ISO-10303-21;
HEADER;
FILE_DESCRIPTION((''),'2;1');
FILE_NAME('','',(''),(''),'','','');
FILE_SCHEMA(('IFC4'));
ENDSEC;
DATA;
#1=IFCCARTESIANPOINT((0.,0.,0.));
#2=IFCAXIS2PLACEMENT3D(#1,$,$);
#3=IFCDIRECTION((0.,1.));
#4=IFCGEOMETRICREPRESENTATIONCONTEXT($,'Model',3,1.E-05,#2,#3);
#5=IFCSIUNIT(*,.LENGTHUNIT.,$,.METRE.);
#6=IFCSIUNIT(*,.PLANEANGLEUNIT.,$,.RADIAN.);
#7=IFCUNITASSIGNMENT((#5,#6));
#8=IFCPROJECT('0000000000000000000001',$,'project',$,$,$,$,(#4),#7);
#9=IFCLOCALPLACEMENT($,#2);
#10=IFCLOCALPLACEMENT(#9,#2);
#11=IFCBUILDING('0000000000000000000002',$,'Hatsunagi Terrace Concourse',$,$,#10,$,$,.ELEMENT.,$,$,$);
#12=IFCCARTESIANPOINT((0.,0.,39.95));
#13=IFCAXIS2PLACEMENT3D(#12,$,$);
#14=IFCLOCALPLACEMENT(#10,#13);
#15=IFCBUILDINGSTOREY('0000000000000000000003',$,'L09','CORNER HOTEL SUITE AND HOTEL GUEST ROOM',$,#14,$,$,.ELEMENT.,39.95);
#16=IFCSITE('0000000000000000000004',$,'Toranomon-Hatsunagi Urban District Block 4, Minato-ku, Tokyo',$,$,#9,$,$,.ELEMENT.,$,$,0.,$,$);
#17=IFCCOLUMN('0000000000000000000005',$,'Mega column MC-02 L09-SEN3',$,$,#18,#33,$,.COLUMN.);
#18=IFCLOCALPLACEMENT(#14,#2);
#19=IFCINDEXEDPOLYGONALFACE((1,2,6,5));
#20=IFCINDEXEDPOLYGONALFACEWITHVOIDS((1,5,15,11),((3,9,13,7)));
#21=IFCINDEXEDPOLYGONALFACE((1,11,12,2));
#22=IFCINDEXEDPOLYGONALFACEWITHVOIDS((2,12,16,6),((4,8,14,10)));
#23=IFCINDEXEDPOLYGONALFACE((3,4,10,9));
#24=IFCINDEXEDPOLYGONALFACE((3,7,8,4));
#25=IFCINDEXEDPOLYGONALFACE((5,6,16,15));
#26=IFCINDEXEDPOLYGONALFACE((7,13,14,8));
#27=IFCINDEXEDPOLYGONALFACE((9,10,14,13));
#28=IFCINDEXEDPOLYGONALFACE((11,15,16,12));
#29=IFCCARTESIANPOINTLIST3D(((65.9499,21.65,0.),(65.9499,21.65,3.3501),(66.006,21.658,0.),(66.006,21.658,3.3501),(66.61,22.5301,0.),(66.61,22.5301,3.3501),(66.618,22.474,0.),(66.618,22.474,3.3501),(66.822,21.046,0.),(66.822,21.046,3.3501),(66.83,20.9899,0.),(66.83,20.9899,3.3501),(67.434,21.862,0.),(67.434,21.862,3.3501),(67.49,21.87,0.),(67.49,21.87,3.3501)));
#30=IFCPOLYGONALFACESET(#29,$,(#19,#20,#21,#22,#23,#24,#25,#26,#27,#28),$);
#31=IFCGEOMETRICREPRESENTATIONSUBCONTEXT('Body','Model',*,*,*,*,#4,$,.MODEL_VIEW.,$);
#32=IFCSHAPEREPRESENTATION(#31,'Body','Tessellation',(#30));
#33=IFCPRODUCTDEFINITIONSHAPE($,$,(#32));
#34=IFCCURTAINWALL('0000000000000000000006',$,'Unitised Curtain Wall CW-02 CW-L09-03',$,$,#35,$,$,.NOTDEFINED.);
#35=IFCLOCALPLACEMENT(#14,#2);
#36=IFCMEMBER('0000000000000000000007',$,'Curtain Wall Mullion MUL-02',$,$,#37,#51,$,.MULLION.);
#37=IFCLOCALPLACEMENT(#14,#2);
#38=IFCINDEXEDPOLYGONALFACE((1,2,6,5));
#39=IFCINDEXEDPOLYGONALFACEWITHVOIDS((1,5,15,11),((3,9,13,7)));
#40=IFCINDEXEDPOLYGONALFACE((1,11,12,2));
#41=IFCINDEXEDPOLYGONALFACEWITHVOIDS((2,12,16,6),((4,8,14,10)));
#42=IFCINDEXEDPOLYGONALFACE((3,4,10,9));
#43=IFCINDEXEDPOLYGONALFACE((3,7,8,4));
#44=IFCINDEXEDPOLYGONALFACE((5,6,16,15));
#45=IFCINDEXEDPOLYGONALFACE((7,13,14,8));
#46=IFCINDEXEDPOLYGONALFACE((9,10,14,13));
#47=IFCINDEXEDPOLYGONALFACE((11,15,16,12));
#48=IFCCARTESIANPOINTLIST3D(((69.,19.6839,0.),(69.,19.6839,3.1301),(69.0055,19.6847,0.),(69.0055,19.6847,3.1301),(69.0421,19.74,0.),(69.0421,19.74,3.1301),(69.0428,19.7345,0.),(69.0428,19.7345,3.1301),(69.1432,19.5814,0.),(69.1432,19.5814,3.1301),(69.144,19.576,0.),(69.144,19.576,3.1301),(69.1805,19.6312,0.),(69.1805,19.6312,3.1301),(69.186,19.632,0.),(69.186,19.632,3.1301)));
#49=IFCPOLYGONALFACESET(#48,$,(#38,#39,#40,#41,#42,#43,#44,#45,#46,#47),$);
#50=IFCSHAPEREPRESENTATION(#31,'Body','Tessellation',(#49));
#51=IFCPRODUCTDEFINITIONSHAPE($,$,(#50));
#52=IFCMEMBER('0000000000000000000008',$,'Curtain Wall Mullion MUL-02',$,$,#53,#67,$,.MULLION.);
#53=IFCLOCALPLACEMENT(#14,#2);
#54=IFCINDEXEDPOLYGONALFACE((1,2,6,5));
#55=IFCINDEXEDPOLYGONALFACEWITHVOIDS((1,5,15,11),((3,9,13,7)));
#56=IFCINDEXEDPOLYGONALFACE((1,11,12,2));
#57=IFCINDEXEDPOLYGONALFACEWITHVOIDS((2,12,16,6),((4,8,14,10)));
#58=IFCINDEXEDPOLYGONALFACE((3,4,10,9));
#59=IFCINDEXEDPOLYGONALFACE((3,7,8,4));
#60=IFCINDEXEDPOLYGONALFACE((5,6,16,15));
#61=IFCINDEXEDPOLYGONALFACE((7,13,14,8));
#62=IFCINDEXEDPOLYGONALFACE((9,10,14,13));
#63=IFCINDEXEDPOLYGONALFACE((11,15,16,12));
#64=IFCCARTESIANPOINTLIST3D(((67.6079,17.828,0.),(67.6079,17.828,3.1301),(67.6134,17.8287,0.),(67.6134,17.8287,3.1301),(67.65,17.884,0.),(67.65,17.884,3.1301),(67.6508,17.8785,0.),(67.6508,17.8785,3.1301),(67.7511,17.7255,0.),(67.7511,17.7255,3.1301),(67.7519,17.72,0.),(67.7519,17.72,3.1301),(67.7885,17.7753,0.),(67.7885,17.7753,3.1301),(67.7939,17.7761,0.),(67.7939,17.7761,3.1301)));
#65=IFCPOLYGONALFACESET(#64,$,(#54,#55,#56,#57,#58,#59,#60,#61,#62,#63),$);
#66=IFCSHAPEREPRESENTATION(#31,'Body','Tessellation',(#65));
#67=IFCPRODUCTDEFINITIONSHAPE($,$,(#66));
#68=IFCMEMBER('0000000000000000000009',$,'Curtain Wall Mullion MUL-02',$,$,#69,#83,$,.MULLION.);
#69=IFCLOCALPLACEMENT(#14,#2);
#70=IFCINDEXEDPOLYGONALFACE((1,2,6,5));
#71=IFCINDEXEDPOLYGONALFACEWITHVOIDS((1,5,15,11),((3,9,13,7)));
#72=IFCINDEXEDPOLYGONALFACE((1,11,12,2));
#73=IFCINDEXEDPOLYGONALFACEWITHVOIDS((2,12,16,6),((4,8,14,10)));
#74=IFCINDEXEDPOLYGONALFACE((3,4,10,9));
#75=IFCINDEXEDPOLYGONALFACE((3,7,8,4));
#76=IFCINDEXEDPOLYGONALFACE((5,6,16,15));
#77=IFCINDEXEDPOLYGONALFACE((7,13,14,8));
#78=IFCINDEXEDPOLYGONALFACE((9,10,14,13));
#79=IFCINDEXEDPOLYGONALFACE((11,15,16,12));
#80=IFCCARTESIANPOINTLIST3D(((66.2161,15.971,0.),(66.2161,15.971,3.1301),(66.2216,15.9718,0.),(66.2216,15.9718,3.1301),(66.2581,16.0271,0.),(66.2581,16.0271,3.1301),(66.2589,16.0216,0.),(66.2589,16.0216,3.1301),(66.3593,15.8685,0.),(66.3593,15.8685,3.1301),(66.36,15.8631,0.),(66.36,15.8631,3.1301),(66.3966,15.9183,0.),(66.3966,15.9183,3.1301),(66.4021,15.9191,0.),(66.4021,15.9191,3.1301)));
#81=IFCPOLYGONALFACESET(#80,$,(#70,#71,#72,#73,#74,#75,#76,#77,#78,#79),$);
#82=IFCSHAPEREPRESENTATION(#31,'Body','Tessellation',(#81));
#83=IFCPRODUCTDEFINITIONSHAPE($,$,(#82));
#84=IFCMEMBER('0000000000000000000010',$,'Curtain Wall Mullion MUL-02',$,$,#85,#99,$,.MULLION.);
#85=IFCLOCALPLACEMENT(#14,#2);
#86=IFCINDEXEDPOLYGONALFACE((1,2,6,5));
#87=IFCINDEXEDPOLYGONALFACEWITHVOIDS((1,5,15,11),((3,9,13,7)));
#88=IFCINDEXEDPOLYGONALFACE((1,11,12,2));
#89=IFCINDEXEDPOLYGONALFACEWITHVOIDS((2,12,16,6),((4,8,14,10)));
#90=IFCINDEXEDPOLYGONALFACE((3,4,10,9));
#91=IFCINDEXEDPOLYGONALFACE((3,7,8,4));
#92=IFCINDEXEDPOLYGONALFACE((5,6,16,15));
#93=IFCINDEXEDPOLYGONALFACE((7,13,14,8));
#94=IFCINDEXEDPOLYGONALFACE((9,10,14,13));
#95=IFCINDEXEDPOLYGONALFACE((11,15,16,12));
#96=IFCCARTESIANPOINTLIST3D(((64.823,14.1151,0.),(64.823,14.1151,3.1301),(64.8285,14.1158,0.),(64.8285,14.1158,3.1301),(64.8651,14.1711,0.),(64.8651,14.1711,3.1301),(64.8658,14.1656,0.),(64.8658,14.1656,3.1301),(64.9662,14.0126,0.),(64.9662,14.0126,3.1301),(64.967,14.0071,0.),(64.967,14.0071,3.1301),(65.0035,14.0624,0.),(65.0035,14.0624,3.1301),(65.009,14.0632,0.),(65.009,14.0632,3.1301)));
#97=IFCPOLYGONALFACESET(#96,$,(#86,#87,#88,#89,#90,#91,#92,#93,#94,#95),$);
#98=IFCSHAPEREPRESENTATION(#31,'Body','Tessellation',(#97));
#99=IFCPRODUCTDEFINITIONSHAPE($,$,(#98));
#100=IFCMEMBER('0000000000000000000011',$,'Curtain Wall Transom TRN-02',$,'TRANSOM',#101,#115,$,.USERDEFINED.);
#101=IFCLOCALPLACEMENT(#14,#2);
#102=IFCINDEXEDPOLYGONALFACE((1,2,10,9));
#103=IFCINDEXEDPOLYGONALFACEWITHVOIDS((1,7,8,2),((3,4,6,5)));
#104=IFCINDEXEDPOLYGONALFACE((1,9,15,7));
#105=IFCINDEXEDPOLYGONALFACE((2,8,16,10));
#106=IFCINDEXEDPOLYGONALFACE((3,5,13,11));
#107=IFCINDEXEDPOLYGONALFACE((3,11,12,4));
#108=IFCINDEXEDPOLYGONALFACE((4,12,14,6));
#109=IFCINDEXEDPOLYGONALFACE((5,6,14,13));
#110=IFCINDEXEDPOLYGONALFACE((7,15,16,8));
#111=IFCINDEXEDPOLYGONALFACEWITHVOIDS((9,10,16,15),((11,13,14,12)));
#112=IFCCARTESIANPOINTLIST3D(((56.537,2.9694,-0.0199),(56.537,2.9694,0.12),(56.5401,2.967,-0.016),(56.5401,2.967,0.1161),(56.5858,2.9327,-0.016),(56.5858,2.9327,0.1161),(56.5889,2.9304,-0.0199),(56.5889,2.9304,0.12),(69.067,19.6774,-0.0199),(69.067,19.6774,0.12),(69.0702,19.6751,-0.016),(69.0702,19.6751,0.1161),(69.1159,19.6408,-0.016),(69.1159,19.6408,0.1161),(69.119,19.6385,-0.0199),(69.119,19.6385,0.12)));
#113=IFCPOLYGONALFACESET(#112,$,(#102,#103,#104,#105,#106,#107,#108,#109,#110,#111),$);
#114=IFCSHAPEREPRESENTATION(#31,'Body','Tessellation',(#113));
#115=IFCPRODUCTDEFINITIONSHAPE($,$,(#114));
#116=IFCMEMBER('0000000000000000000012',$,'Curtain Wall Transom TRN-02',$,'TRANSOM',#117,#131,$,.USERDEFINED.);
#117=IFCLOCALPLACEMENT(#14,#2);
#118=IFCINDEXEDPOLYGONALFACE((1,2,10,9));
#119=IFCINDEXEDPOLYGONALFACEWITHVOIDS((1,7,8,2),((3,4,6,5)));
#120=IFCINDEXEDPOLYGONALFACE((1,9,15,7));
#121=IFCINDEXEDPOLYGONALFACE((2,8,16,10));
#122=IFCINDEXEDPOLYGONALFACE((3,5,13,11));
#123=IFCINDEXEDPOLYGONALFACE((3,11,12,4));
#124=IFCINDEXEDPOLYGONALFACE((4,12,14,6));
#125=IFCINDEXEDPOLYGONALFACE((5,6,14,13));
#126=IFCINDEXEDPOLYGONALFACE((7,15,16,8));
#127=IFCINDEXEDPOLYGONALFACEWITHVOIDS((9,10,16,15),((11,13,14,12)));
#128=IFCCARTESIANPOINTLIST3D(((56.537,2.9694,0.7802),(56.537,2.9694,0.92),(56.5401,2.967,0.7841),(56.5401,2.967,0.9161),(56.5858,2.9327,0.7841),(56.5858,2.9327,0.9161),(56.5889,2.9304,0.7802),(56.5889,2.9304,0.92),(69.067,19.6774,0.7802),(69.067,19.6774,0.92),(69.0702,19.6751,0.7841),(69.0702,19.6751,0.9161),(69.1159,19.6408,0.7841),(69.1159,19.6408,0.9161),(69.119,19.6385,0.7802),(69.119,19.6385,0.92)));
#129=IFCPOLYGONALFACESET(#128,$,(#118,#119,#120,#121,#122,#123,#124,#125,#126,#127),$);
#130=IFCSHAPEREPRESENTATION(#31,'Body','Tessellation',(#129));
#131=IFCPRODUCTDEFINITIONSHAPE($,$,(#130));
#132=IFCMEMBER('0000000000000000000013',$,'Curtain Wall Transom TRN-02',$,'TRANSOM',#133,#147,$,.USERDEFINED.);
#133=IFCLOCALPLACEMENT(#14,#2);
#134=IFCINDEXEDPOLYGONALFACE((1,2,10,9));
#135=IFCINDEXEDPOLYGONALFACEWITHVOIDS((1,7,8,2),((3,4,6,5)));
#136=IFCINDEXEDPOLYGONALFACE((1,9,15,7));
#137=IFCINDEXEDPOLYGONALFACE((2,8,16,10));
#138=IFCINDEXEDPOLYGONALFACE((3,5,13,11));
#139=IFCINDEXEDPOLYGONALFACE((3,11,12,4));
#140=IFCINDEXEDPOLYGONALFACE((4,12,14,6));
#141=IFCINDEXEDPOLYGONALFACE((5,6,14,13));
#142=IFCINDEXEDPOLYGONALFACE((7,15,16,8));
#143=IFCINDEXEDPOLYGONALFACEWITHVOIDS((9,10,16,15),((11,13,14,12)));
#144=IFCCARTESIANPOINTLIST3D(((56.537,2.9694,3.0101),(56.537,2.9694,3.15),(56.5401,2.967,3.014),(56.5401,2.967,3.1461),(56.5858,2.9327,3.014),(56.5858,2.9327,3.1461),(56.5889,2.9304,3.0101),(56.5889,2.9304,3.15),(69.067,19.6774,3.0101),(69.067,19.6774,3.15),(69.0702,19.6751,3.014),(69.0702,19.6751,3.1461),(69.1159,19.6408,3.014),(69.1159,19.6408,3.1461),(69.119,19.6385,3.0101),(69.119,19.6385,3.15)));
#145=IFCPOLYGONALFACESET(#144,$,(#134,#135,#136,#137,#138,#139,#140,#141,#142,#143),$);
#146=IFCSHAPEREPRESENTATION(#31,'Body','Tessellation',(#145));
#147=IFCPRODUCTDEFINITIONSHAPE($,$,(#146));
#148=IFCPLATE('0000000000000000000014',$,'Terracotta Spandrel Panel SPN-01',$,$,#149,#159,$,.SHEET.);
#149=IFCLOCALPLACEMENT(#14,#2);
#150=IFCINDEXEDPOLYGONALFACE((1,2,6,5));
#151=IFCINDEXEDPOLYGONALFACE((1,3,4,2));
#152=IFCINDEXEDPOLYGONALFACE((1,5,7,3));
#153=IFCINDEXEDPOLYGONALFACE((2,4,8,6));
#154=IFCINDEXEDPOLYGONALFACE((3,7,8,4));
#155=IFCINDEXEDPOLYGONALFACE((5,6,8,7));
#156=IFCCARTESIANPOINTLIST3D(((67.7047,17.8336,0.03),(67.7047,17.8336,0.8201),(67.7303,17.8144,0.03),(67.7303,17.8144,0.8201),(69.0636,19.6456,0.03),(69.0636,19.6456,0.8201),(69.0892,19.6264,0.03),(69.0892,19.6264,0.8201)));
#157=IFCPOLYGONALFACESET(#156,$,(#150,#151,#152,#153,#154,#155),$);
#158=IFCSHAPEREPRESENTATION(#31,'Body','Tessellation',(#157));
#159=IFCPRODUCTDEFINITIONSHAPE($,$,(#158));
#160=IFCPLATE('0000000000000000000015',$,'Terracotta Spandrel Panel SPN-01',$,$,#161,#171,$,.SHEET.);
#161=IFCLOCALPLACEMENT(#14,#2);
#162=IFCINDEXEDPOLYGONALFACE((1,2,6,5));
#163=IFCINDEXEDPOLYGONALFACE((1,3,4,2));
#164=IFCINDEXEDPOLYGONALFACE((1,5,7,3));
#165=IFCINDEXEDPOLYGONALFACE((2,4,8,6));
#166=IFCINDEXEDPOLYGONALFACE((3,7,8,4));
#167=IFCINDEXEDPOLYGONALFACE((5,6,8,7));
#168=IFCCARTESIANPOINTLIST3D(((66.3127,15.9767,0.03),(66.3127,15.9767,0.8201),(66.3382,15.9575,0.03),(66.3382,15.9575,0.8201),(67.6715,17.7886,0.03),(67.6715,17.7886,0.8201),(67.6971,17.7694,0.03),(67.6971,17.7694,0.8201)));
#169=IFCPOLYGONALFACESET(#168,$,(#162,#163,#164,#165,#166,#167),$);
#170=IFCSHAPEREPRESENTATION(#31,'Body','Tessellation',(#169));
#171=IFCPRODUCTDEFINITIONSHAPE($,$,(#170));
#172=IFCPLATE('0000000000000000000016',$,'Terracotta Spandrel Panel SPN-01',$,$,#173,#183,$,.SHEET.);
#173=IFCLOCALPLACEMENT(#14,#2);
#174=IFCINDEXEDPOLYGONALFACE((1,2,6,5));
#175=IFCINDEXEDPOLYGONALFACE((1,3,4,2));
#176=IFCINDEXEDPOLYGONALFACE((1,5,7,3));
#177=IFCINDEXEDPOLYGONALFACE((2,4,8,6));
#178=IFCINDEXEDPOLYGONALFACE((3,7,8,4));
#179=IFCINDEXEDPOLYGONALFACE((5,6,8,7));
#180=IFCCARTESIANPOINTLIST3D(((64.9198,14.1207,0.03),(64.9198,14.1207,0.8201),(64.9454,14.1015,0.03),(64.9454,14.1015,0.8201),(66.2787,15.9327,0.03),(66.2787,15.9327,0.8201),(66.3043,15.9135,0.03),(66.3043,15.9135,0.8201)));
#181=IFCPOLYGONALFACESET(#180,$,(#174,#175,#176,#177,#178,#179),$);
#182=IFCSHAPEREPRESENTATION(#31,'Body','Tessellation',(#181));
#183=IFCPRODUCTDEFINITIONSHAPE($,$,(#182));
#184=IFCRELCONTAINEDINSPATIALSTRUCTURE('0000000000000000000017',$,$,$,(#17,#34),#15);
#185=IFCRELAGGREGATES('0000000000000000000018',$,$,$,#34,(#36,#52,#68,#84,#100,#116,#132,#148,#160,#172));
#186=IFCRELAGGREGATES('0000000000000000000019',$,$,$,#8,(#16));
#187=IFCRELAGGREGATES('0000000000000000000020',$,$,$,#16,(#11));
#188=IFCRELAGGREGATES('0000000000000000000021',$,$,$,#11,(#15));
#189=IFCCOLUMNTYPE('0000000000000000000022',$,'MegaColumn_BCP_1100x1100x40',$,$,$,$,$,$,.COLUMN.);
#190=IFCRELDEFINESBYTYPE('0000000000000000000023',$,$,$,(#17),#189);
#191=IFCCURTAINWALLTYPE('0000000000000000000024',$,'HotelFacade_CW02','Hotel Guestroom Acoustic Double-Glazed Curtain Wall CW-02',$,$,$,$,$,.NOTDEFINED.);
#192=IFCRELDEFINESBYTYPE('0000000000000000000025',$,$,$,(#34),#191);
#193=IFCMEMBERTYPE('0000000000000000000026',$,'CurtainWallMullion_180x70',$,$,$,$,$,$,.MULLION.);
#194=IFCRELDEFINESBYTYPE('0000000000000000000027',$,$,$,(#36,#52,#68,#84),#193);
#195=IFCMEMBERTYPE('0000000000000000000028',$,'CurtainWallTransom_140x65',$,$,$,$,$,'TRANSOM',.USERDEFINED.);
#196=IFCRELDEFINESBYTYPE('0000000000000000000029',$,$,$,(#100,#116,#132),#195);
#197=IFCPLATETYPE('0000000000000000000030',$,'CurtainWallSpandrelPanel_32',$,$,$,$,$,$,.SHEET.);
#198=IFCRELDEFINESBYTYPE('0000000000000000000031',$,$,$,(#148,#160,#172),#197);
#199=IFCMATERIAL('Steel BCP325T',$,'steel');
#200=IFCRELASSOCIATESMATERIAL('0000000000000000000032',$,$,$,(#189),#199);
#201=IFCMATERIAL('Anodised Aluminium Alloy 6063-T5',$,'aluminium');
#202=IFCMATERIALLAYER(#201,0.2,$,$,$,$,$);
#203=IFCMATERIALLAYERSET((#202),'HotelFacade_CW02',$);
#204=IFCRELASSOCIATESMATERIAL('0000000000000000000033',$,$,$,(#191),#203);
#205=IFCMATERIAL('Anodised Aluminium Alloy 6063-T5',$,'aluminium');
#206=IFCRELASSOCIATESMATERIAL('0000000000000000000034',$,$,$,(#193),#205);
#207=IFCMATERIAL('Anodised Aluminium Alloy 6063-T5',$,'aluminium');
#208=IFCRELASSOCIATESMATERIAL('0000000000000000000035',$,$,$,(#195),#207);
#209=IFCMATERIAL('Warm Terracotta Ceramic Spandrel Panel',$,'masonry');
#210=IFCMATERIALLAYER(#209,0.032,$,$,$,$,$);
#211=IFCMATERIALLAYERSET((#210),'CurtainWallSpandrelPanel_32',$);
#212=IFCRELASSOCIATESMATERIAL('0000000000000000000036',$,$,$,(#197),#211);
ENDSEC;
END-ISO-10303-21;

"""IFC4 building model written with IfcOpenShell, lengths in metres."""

from ifc_helpers import new_model, si_unit, direction, frame, origin, origin_2d, place, context, subcontext, project, spatial, rectangle, hollow_rectangle, extrude, material, layer, layer_set, material_profile, profile_set, type_object, element, aggregate, save


model = new_model("IFC4")

# Units and contexts
model_context = context("Model", 3, precision=1e-05, world=origin(), true_north=direction((0.0, 1.0)))
body_context = subcontext(model_context, "Body", "Model", "MODEL_VIEW")
ifc_project = project(units=[si_unit("LENGTHUNIT", "METRE"), si_unit("PLANEANGLEUNIT", "RADIAN")], contexts=[model_context])

# Site, building, storey
site_placement = place(None, origin())
site = spatial("IfcSite", under=ifc_project, at=site_placement, Name="Toranomon-Hatsunagi Urban District Block 4, Minato-ku, Tokyo", CompositionType="ELEMENT", RefElevation=0.0)
building_placement = place(site_placement, origin())
building = spatial("IfcBuilding", under=site, at=building_placement, Name="Hatsunagi Terrace Concourse", CompositionType="ELEMENT")
storey_placement = place(building_placement, frame((0.0, 0.0, 39.95)))
storey = spatial("IfcBuildingStorey", under=building, at=storey_placement, Name="L09", Description="CORNER HOTEL SUITE AND HOTEL GUEST ROOM", CompositionType="ELEMENT", Elevation=39.95)

# Column
ifc_material_1 = material(Name="Steel BCP325T", Category="steel")
ifc_material_profile_1 = material_profile(ifc_material_1, hollow_rectangle(XDim=1.1001, YDim=1.1001, WallThickness=0.04, at=origin_2d()), Name="BCP-1100x1100x40")
ifc_profile_set_1 = profile_set([ifc_material_profile_1], Name="Steel BCP325T")
column_type = type_object("IfcColumnType", Name="MegaColumn_BCP_1100x1100x40", PredefinedType="COLUMN", material=ifc_profile_set_1)
column_placement = place(storey_placement, frame((66.72, 21.76, 0.0), z_axis=(0.0, 0.0, 1.0), x_axis=(0.8, -0.6, 0.0)))
element("IfcColumn", 1, at=column_placement, inside=storey, type_object=column_type, Name="Mega column MC-02 L09-SEN3", PredefinedType="COLUMN", context=body_context, shape_type="SweptSolid", body=[
    extrude(hollow_rectangle(XDim=1.1001, YDim=1.1001, WallThickness=0.04, at=origin_2d()), origin(), (0.0, 0.0, 1.0), 3.3501),
])

# Curtain wall, members, plates
ifc_material_2 = material(Name="Anodised Aluminium Alloy 6063-T5", Category="aluminium")
ifc_layer_1 = layer(ifc_material_2, 0.2)
ifc_layer_set_1 = layer_set([ifc_layer_1], Name="HotelFacade_CW02")
curtain_wall_type = type_object("IfcCurtainWallType", Name="HotelFacade_CW02", Description="Hotel Guestroom Acoustic Double-Glazed Curtain Wall CW-02", PredefinedType="NOTDEFINED", material=ifc_layer_set_1)
curtain_wall_placement = place(storey_placement, origin())
curtain_wall = element("IfcCurtainWall", 2, at=curtain_wall_placement, inside=storey, type_object=curtain_wall_type, Name="Unitised Curtain Wall CW-02 CW-L09-03", PredefinedType="NOTDEFINED")
ifc_material_3 = material(Name="Anodised Aluminium Alloy 6063-T5", Category="aluminium")
ifc_material_profile_2 = material_profile(ifc_material_3, hollow_rectangle(XDim=0.0701, YDim=0.1799, WallThickness=0.0039, at=origin_2d()), Name="ALU-MUL-180x70x4")
ifc_profile_set_2 = profile_set([ifc_material_profile_2], Name="Anodised Aluminium Alloy 6063-T5")
member_type_1 = type_object("IfcMemberType", Name="CurtainWallMullion_180x70", PredefinedType="MULLION", material=ifc_profile_set_2)
member_1_placement = place(storey_placement, frame((69.093, 19.658, 0.0), z_axis=(0.0, 0.0, 1.0), x_axis=(-0.599969, -0.800023, 0.0)))
member_1 = element("IfcMember", 3, at=member_1_placement, type_object=member_type_1, Name="Curtain Wall Mullion MUL-02", PredefinedType="MULLION", context=body_context, shape_type="SweptSolid", body=[
    extrude(hollow_rectangle(XDim=0.0701, YDim=0.1799, WallThickness=0.0039, at=origin_2d()), origin(), (0.0, 0.0, 1.0), 3.1301),
])
member_2_placement = place(storey_placement, frame((67.7009, 17.802, 0.0), z_axis=(0.0, 0.0, 1.0), x_axis=(-0.599969, -0.800023, 0.0)))
member_2 = element("IfcMember", 4, at=member_2_placement, type_object=member_type_1, Name="Curtain Wall Mullion MUL-02", PredefinedType="MULLION", context=body_context, shape_type="SweptSolid", body=[
    extrude(hollow_rectangle(XDim=0.0701, YDim=0.1799, WallThickness=0.0039, at=origin_2d()), origin(), (0.0, 0.0, 1.0), 3.1301),
])
member_3_placement = place(storey_placement, frame((66.3091, 15.9451, 0.0), z_axis=(0.0, 0.0, 1.0), x_axis=(-0.599969, -0.800023, 0.0)))
member_3 = element("IfcMember", 5, at=member_3_placement, type_object=member_type_1, Name="Curtain Wall Mullion MUL-02", PredefinedType="MULLION", context=body_context, shape_type="SweptSolid", body=[
    extrude(hollow_rectangle(XDim=0.0701, YDim=0.1799, WallThickness=0.0039, at=origin_2d()), origin(), (0.0, 0.0, 1.0), 3.1301),
])
member_4_placement = place(storey_placement, frame((64.916, 14.0891, 0.0), z_axis=(0.0, 0.0, 1.0), x_axis=(-0.599969, -0.800023, 0.0)))
member_4 = element("IfcMember", 6, at=member_4_placement, type_object=member_type_1, Name="Curtain Wall Mullion MUL-02", PredefinedType="MULLION", context=body_context, shape_type="SweptSolid", body=[
    extrude(hollow_rectangle(XDim=0.0701, YDim=0.1799, WallThickness=0.0039, at=origin_2d()), origin(), (0.0, 0.0, 1.0), 3.1301),
])
ifc_material_4 = material(Name="Anodised Aluminium Alloy 6063-T5", Category="aluminium")
ifc_material_profile_3 = material_profile(ifc_material_4, hollow_rectangle(XDim=0.0649, YDim=0.1399, WallThickness=0.0039, at=origin_2d()), Name="ALU-TRN-140x65x4")
ifc_profile_set_3 = profile_set([ifc_material_profile_3], Name="Anodised Aluminium Alloy 6063-T5")
member_type_2 = type_object("IfcMemberType", Name="CurtainWallTransom_140x65", ElementType="TRANSOM", PredefinedType="USERDEFINED", material=ifc_profile_set_3)
member_5_placement = place(storey_placement, frame((69.093, 19.658, 0.05), z_axis=(-0.59997, -0.800022, 0.0), x_axis=(0.800022, -0.59997, 0.0)))
member_5 = element("IfcMember", 7, at=member_5_placement, type_object=member_type_2, Name="Curtain Wall Transom TRN-02", ObjectType="TRANSOM", PredefinedType="USERDEFINED", context=body_context, shape_type="SweptSolid", body=[
    extrude(hollow_rectangle(XDim=0.0649, YDim=0.1399, WallThickness=0.0039, at=origin_2d()), origin(), (0.0, 0.0, 1.0), 20.8845),
])
member_6_placement = place(storey_placement, frame((69.093, 19.658, 0.8501), z_axis=(-0.59997, -0.800022, 0.0), x_axis=(0.800022, -0.59997, 0.0)))
member_6 = element("IfcMember", 8, at=member_6_placement, type_object=member_type_2, Name="Curtain Wall Transom TRN-02", ObjectType="TRANSOM", PredefinedType="USERDEFINED", context=body_context, shape_type="SweptSolid", body=[
    extrude(hollow_rectangle(XDim=0.0649, YDim=0.1399, WallThickness=0.0039, at=origin_2d()), origin(), (0.0, 0.0, 1.0), 20.8845),
])
member_7_placement = place(storey_placement, frame((69.093, 19.658, 3.0801), z_axis=(-0.59997, -0.800022, 0.0), x_axis=(0.800022, -0.59997, 0.0)))
member_7 = element("IfcMember", 9, at=member_7_placement, type_object=member_type_2, Name="Curtain Wall Transom TRN-02", ObjectType="TRANSOM", PredefinedType="USERDEFINED", context=body_context, shape_type="SweptSolid", body=[
    extrude(hollow_rectangle(XDim=0.0649, YDim=0.1399, WallThickness=0.0039, at=origin_2d()), origin(), (0.0, 0.0, 1.0), 20.8845),
])
ifc_material_5 = material(Name="Warm Terracotta Ceramic Spandrel Panel", Category="masonry")
ifc_layer_2 = layer(ifc_material_5, 0.032)
ifc_layer_set_2 = layer_set([ifc_layer_2], Name="CurtainWallSpandrelPanel_32")
plate_type_1 = type_object("IfcPlateType", Name="CurtainWallSpandrelPanel_32", PredefinedType="SHEET", material=ifc_layer_set_2)
plate_1_placement = place(storey_placement, frame((68.397, 18.73, 0.03), z_axis=(0.0, 0.0, 1.0), x_axis=(-0.599969, -0.800023, 0.0)))
plate_1 = element("IfcPlate", 10, at=plate_1_placement, type_object=plate_type_1, Name="Terracotta Spandrel Panel SPN-01", PredefinedType="SHEET", context=body_context, shape_type="SweptSolid", body=[
    extrude(rectangle(XDim=2.2649, YDim=0.032, at=origin_2d()), origin(), (0.0, 0.0, 1.0), 0.79),
])
plate_2_placement = place(storey_placement, frame((67.0049, 16.873, 0.03), z_axis=(0.0, 0.0, 1.0), x_axis=(-0.599969, -0.800023, 0.0)))
plate_2 = element("IfcPlate", 11, at=plate_2_placement, type_object=plate_type_1, Name="Terracotta Spandrel Panel SPN-01", PredefinedType="SHEET", context=body_context, shape_type="SweptSolid", body=[
    extrude(rectangle(XDim=2.2649, YDim=0.032, at=origin_2d()), origin(), (0.0, 0.0, 1.0), 0.79),
])
plate_3_placement = place(storey_placement, frame((65.6121, 15.0171, 0.03), z_axis=(0.0, 0.0, 1.0), x_axis=(-0.599969, -0.800023, 0.0)))
plate_3 = element("IfcPlate", 12, at=plate_3_placement, type_object=plate_type_1, Name="Terracotta Spandrel Panel SPN-01", PredefinedType="SHEET", context=body_context, shape_type="SweptSolid", body=[
    extrude(rectangle(XDim=2.2649, YDim=0.032, at=origin_2d()), origin(), (0.0, 0.0, 1.0), 0.79),
])
aggregate(curtain_wall, [member_1, member_2, member_3, member_4, member_5, member_6, member_7, plate_1, plate_2, plate_3])

save(model, "model.ifc")
